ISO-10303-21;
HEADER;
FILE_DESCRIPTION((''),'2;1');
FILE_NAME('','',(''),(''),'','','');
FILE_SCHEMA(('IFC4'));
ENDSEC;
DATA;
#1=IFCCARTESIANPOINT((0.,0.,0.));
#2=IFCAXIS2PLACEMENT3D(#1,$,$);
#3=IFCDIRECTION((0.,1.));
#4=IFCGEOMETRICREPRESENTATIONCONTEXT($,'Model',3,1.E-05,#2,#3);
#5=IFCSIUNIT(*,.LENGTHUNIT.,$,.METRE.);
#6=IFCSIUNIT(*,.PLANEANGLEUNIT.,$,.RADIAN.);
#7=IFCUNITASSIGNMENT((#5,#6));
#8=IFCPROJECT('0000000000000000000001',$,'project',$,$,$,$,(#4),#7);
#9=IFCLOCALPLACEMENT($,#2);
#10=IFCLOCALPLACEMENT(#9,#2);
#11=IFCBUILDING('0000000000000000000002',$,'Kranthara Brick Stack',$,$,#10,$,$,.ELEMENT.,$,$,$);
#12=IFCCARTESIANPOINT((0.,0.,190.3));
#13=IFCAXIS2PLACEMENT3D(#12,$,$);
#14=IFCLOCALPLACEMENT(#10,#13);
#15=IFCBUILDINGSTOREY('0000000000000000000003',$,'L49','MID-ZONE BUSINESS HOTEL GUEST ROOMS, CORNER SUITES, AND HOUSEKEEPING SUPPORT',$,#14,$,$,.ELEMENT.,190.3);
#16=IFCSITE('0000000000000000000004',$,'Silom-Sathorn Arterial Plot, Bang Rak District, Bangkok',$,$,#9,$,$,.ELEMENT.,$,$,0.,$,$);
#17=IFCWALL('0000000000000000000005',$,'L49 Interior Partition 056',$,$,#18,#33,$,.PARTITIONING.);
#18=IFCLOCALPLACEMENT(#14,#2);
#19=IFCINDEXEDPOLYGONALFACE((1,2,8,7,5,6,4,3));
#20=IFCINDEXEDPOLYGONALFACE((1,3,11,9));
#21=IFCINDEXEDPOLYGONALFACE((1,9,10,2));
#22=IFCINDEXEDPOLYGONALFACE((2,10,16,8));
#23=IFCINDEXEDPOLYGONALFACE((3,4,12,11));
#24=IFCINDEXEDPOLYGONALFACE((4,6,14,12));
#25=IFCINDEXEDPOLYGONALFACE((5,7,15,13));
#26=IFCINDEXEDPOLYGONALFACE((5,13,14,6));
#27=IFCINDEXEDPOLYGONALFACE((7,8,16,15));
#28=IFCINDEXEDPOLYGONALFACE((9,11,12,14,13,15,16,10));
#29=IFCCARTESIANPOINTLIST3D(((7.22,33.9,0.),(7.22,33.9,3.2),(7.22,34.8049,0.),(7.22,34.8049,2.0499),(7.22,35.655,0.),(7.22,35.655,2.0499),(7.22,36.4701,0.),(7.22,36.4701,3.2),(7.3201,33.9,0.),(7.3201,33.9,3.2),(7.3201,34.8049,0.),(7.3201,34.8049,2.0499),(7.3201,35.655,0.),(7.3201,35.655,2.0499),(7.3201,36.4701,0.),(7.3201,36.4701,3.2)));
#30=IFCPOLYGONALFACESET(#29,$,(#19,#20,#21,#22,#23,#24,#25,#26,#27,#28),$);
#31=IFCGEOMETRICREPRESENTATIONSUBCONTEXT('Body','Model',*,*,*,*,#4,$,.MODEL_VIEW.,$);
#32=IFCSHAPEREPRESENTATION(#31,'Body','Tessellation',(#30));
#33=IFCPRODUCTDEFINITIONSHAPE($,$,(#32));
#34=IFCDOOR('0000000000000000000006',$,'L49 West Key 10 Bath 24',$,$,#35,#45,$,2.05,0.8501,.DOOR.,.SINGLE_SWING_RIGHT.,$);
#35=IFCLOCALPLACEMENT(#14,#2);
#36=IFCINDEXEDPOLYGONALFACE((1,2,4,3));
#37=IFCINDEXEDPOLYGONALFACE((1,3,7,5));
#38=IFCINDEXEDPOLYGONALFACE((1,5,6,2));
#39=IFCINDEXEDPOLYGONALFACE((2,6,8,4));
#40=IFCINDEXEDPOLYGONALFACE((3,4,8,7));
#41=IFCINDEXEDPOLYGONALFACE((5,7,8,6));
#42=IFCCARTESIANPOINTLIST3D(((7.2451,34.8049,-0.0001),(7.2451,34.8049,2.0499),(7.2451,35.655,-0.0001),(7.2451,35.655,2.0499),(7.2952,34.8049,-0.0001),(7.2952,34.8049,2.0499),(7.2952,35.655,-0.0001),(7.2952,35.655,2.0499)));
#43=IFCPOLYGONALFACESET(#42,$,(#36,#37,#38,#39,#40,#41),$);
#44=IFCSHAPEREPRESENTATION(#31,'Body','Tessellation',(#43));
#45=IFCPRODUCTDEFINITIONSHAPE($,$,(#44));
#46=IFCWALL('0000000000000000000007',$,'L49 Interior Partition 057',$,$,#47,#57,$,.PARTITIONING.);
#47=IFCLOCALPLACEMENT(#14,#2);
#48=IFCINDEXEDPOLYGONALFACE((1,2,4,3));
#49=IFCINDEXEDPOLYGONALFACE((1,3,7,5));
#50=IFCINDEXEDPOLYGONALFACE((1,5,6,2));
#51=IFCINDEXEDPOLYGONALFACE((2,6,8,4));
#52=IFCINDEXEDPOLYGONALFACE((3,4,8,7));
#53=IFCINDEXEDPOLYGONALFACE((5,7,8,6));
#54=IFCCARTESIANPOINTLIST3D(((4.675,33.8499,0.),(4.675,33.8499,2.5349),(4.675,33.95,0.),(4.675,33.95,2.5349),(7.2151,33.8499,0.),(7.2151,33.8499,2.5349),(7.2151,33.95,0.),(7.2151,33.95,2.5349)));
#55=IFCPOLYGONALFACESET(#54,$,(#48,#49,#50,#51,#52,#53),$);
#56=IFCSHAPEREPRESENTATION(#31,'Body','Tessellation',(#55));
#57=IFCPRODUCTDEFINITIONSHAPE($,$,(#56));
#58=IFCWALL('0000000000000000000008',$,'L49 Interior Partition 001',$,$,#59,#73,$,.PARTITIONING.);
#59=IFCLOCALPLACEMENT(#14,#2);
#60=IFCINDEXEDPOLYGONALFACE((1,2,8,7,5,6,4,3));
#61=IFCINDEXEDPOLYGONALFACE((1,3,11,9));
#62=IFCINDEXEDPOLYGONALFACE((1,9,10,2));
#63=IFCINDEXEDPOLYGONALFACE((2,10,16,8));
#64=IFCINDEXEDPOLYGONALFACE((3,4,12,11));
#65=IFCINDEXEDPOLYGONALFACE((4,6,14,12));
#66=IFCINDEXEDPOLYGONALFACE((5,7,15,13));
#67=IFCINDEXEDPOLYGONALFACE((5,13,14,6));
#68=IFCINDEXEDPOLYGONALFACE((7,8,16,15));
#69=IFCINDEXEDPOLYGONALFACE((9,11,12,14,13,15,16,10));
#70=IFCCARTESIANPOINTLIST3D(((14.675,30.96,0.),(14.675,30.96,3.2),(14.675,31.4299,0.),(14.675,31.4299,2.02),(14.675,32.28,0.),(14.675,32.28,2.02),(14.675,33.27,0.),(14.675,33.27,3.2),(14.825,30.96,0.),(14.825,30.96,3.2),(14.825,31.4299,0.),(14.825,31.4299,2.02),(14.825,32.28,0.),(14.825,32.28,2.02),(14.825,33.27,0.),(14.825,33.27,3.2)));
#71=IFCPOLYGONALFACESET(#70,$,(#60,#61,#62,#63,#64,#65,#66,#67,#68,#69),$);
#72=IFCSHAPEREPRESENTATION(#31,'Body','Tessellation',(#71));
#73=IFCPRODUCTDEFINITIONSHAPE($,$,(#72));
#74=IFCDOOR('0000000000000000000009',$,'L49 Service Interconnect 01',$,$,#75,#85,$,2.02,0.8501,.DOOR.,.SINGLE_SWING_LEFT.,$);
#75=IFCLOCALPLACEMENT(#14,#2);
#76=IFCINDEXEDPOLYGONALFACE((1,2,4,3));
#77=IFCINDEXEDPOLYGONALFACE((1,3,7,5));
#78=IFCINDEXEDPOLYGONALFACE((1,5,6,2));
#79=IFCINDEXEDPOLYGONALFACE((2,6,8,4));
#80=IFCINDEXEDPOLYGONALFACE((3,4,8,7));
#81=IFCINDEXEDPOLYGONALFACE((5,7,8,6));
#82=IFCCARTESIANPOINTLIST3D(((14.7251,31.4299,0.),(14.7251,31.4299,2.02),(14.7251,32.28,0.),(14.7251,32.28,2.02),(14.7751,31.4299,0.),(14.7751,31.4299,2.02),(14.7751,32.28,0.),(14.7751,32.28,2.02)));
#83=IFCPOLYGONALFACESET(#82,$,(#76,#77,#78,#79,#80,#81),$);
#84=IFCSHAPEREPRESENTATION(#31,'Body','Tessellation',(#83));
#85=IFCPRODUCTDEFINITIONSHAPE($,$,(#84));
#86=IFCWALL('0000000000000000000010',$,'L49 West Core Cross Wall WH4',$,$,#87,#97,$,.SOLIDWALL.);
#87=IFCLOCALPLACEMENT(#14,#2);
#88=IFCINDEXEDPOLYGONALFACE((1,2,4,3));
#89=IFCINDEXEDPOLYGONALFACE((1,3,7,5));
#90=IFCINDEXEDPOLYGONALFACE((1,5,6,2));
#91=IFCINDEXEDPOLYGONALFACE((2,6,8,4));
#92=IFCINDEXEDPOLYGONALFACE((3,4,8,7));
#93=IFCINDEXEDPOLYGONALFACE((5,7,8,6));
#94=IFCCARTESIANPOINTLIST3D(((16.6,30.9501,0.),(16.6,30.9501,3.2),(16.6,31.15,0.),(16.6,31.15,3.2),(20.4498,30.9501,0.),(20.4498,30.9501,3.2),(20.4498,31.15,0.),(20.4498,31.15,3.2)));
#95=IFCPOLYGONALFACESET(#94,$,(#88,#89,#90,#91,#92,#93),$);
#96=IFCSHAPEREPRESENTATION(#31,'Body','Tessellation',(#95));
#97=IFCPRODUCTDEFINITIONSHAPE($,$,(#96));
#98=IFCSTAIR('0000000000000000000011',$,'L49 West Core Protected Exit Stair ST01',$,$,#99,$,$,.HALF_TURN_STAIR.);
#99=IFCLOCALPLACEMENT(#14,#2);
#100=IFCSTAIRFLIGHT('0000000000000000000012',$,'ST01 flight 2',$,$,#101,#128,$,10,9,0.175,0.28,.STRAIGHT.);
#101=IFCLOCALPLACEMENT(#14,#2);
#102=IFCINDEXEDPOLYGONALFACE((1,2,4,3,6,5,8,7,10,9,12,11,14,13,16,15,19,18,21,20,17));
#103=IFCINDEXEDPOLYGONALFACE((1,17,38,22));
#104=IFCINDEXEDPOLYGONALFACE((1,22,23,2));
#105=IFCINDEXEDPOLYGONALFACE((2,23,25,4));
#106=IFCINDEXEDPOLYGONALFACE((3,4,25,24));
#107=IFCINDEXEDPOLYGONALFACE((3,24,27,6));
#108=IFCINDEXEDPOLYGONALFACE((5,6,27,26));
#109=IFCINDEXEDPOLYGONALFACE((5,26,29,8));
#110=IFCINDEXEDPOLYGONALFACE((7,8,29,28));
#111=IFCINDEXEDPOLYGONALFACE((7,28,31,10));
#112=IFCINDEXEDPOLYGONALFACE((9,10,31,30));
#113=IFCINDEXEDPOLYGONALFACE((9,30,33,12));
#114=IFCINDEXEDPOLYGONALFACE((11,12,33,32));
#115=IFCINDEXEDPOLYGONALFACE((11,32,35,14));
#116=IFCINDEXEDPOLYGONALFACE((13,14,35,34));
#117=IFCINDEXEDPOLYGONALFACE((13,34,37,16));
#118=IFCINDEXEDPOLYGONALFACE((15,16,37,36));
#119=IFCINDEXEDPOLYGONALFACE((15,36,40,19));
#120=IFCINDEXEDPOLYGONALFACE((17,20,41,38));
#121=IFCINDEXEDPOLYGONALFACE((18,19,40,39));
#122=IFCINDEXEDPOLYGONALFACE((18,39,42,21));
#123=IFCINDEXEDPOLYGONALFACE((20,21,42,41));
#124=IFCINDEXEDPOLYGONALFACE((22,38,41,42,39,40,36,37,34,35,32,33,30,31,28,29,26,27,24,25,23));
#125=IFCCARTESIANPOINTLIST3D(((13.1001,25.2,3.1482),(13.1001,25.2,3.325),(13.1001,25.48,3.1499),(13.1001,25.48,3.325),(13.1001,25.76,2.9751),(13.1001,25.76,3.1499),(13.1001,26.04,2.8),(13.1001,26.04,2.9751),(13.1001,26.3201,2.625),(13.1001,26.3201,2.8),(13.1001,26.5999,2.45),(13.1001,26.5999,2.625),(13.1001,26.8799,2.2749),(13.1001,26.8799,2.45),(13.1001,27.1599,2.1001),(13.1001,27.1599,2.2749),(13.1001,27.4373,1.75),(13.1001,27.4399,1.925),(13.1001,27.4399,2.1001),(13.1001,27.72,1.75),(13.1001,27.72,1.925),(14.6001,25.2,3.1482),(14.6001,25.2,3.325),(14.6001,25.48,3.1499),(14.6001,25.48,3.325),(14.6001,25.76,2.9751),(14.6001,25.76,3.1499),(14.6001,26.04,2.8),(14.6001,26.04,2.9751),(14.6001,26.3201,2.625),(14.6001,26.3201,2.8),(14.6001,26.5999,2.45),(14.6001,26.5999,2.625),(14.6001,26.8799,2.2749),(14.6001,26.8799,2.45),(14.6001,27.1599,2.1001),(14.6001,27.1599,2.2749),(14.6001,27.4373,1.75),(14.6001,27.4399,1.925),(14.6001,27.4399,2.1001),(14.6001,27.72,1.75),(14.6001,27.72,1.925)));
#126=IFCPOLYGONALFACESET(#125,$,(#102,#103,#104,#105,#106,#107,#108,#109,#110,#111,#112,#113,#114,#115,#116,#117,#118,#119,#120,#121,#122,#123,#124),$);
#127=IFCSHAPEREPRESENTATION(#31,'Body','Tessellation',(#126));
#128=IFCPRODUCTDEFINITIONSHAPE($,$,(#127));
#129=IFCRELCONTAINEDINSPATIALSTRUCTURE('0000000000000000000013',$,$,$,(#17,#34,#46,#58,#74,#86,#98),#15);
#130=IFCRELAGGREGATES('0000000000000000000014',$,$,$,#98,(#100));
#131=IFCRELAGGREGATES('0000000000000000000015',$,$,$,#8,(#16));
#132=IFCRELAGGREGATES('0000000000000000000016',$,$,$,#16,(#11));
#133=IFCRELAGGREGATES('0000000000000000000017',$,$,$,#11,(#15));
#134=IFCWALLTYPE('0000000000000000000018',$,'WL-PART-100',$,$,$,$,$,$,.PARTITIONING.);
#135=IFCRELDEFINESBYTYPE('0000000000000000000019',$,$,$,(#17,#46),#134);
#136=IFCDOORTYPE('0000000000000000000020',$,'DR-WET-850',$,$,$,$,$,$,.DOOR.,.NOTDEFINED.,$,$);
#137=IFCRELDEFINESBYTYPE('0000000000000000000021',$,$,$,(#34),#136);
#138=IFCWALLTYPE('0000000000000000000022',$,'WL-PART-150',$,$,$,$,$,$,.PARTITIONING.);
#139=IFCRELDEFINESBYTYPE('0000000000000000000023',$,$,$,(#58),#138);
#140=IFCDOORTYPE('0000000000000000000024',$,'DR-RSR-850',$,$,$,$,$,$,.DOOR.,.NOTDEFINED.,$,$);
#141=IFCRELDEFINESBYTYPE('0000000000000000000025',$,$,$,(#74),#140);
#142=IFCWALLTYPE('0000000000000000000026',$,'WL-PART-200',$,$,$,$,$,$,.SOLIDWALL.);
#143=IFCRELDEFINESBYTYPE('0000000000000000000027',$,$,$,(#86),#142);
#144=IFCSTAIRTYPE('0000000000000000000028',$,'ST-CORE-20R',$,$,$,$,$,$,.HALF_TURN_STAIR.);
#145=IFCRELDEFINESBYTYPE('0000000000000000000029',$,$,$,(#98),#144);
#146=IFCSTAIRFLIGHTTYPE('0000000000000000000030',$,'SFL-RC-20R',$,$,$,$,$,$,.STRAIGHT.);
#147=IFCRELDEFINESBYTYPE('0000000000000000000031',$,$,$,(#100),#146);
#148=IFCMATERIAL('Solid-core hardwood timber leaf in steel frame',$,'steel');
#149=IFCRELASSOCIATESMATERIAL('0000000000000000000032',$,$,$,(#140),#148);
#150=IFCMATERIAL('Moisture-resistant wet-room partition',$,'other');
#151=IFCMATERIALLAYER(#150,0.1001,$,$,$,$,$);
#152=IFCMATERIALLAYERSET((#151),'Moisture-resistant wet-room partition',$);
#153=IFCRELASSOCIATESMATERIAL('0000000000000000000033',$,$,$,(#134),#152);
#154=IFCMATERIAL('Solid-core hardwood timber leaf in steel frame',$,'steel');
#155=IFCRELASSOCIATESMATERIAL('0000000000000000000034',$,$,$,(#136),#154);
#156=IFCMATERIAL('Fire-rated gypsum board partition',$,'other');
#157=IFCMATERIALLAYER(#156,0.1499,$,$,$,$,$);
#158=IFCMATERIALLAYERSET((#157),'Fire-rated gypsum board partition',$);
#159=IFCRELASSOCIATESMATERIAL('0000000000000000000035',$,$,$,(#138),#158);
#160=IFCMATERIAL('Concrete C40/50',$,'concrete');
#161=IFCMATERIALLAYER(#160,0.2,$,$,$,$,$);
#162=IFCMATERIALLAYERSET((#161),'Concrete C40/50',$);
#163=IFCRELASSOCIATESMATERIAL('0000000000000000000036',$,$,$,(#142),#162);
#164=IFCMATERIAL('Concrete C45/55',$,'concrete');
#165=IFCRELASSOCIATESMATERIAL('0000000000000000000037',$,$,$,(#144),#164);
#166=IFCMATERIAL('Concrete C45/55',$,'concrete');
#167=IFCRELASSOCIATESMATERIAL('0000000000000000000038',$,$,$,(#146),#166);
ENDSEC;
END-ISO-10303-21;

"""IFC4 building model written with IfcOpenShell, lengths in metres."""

from ifc_helpers import new_model, si_unit, direction, frame, frame_2d, origin, place, context, subcontext, project, spatial, polyline, rectangle, outline, extrude, material, layer, layer_set, type_object, element, fill, aggregate, save


model = new_model("IFC4")

# Units and contexts
model_context = context("Model", 3, precision=1e-05, world=origin(), true_north=direction((0.0, 1.0)))
body_context = subcontext(model_context, "Body", "Model", "MODEL_VIEW")
ifc_project = project(units=[si_unit("LENGTHUNIT", "METRE"), si_unit("PLANEANGLEUNIT", "RADIAN")], contexts=[model_context])

# Site, building, storey
site_placement = place(None, origin())
site = spatial("IfcSite", under=ifc_project, at=site_placement, Name="Silom-Sathorn Arterial Plot, Bang Rak District, Bangkok", CompositionType="ELEMENT", RefElevation=0.0)
building_placement = place(site_placement, origin())
building = spatial("IfcBuilding", under=site, at=building_placement, Name="Kranthara Brick Stack", CompositionType="ELEMENT")
storey_placement = place(building_placement, frame((0.0, 0.0, 190.3)))
storey = spatial("IfcBuildingStorey", under=building, at=storey_placement, Name="L49", Description="MID-ZONE BUSINESS HOTEL GUEST ROOMS, CORNER SUITES, AND HOUSEKEEPING SUPPORT", CompositionType="ELEMENT", Elevation=190.3)

# Shared definitions
ifc_material_1 = material(Name="Solid-core hardwood timber leaf in steel frame", Category="steel")
door_type_1 = type_object("IfcDoorType", Name="DR-RSR-850", OperationType="NOTDEFINED", PredefinedType="DOOR", material=ifc_material_1)

# Wall, opening, door
ifc_material_2 = material(Name="Moisture-resistant wet-room partition", Category="other")
ifc_layer_1 = layer(ifc_material_2, 0.1001)
ifc_layer_set_1 = layer_set([ifc_layer_1], Name="Moisture-resistant wet-room partition")
wall_type_1 = type_object("IfcWallType", Name="WL-PART-100", PredefinedType="PARTITIONING", material=ifc_layer_set_1)
wall_1_placement = place(storey_placement, frame((7.27, 33.8999, 0.0), z_axis=(0.0, 0.0, 1.0), x_axis=(0.0, 1.0, 0.0)))
wall_1 = element("IfcWall", 1, at=wall_1_placement, inside=storey, type_object=wall_type_1, Name="L49 Interior Partition 056", PredefinedType="PARTITIONING", context=body_context, shape_type="SweptSolid", body=[
    extrude(rectangle(XDim=2.5701, YDim=0.1001, at=frame_2d((1.2852, 0.0))), origin(), (0.0, 0.0, 1.0), 3.2),
])
opening_1_placement = place(wall_1_placement, frame((0.905, 0.0, 0.0)))
opening_1 = element("IfcOpeningElement", 2, at=opening_1_placement, cuts=wall_1, PredefinedType="OPENING", context=body_context, shape_type="SweptSolid", body=[
    extrude(rectangle(XDim=0.8501, YDim=2.05, at=frame_2d((0.425, 1.0249))), frame((0.0, 0.0601, 0.0), z_axis=(0.0, -1.0, 0.0), x_axis=(1.0, 0.0, 0.0)), (0.0, 0.0, 1.0), 0.1201),
])
ifc_material_3 = material(Name="Solid-core hardwood timber leaf in steel frame", Category="steel")
door_type_2 = type_object("IfcDoorType", Name="DR-WET-850", OperationType="NOTDEFINED", PredefinedType="DOOR", material=ifc_material_3)
door_1_placement = place(opening_1_placement, origin())
door_1 = element("IfcDoor", 3, at=door_1_placement, inside=storey, type_object=door_type_2, Name="L49 West Key 10 Bath 24", OperationType="SINGLE_SWING_RIGHT", OverallHeight=2.05, OverallWidth=0.8501, PredefinedType="DOOR", context=body_context, shape_type="SweptSolid", body=[
    extrude(rectangle(XDim=0.8501, YDim=2.05, at=frame_2d((0.425, 1.0249))), frame((0.0, 0.0249, 0.0), z_axis=(0.0, -1.0, 0.0), x_axis=(1.0, 0.0, 0.0)), (0.0, 0.0, 1.0), 0.05),
])
fill(opening_1, door_1)

# Wall
wall_2_placement = place(storey_placement, frame((4.675, 33.8999, 0.0), z_axis=(0.0, 0.0, 1.0), x_axis=(1.0, 0.0, 0.0)))
element("IfcWall", 4, at=wall_2_placement, inside=storey, type_object=wall_type_1, Name="L49 Interior Partition 057", PredefinedType="PARTITIONING", context=body_context, shape_type="SweptSolid", body=[
    extrude(rectangle(XDim=2.54, YDim=0.1001, at=frame_2d((1.27, 0.0))), origin(), (0.0, 0.0, 1.0), 2.5349),
])

# Wall, opening, door
ifc_material_4 = material(Name="Fire-rated gypsum board partition", Category="other")
ifc_layer_2 = layer(ifc_material_4, 0.1499)
ifc_layer_set_2 = layer_set([ifc_layer_2], Name="Fire-rated gypsum board partition")
wall_type_2 = type_object("IfcWallType", Name="WL-PART-150", PredefinedType="PARTITIONING", material=ifc_layer_set_2)
wall_3_placement = place(storey_placement, frame((14.75, 30.96, 0.0), z_axis=(0.0, 0.0, 1.0), x_axis=(0.0, 1.0, 0.0)))
wall_3 = element("IfcWall", 5, at=wall_3_placement, inside=storey, type_object=wall_type_2, Name="L49 Interior Partition 001", PredefinedType="PARTITIONING", context=body_context, shape_type="SweptSolid", body=[
    extrude(rectangle(XDim=2.3101, YDim=0.1499, at=frame_2d((1.155, 0.0))), origin(), (0.0, 0.0, 1.0), 3.2),
])
opening_2_placement = place(wall_3_placement, frame((0.47, 0.0, 0.0)))
opening_2 = element("IfcOpeningElement", 6, at=opening_2_placement, cuts=wall_3, PredefinedType="OPENING", context=body_context, shape_type="SweptSolid", body=[
    extrude(rectangle(XDim=0.8501, YDim=2.02, at=frame_2d((0.425, 1.01))), frame((0.0, 0.085, 0.0), z_axis=(0.0, -1.0, 0.0), x_axis=(1.0, 0.0, 0.0)), (0.0, 0.0, 1.0), 0.1699),
])
door_2_placement = place(opening_2_placement, origin())
door_2 = element("IfcDoor", 7, at=door_2_placement, inside=storey, type_object=door_type_1, Name="L49 Service Interconnect 01", OperationType="SINGLE_SWING_LEFT", OverallHeight=2.02, OverallWidth=0.8501, PredefinedType="DOOR", context=body_context, shape_type="SweptSolid", body=[
    extrude(rectangle(XDim=0.8501, YDim=2.02, at=frame_2d((0.425, 1.01))), frame((0.0, 0.0249, 0.0), z_axis=(0.0, -1.0, 0.0), x_axis=(1.0, 0.0, 0.0)), (0.0, 0.0, 1.0), 0.05),
])
fill(opening_2, door_2)

# Wall
ifc_material_5 = material(Name="Concrete C40/50", Category="concrete")
ifc_layer_3 = layer(ifc_material_5, 0.2)
ifc_layer_set_3 = layer_set([ifc_layer_3], Name="Concrete C40/50")
wall_type_3 = type_object("IfcWallType", Name="WL-PART-200", PredefinedType="SOLIDWALL", material=ifc_layer_set_3)
wall_4_placement = place(storey_placement, frame((16.6001, 31.05, 0.0), z_axis=(0.0, 0.0, 1.0), x_axis=(1.0, 0.0, 0.0)))
element("IfcWall", 8, at=wall_4_placement, inside=storey, type_object=wall_type_3, Name="L49 West Core Cross Wall WH4", PredefinedType="SOLIDWALL", context=body_context, shape_type="SweptSolid", body=[
    extrude(rectangle(XDim=3.8499, YDim=0.2, at=frame_2d((1.9248, 0.0))), origin(), (0.0, 0.0, 1.0), 3.2),
])

# Stair, stair flight
ifc_material_6 = material(Name="Concrete C45/55", Category="concrete")
stair_type = type_object("IfcStairType", Name="ST-CORE-20R", PredefinedType="HALF_TURN_STAIR", material=ifc_material_6)
stair_placement = place(storey_placement, origin())
stair = element("IfcStair", 9, at=stair_placement, inside=storey, type_object=stair_type, Name="L49 West Core Protected Exit Stair ST01", PredefinedType="HALF_TURN_STAIR")
ifc_material_7 = material(Name="Concrete C45/55", Category="concrete")
stair_flight_type = type_object("IfcStairFlightType", Name="SFL-RC-20R", PredefinedType="STRAIGHT", material=ifc_material_7)
stair_flight_placement = place(storey_placement, frame((13.8501, 27.72, 1.75), z_axis=(0.0, 0.0, 1.0), x_axis=(0.0, -1.0, 0.0)))
stair_flight = element("IfcStairFlight", 10, at=stair_flight_placement, type_object=stair_flight_type, Name="ST01 flight 2", NumberOfRisers=10, NumberOfTreads=9, PredefinedType="STRAIGHT", RiserHeight=0.175, TreadLength=0.28, context=body_context, shape_type="SweptSolid", body=[
    extrude(outline(polyline([(0.0, 0.0), (0.0, 0.175), (0.28, 0.175), (0.28, 0.3501), (0.5601, 0.3501), (0.5601, 0.5249), (0.8401, 0.5249), (0.8401, 0.7), (1.1201, 0.7), (1.1201, 0.875), (1.3999, 0.875), (1.3999, 1.05), (1.6799, 1.05), (1.6799, 1.2251), (1.96, 1.2251), (1.96, 1.3999), (2.24, 1.3999), (2.24, 1.575), (2.52, 1.575), (2.52, 1.75), (2.52, 1.3982), (0.2827, 0.0), (0.0, 0.0)])), frame((0.0, 0.75, 0.0), z_axis=(0.0, -1.0, 0.0), x_axis=(1.0, 0.0, 0.0)), (0.0, 0.0, 1.0), 1.5),
])
aggregate(stair, [stair_flight])

save(model, "model.ifc")
